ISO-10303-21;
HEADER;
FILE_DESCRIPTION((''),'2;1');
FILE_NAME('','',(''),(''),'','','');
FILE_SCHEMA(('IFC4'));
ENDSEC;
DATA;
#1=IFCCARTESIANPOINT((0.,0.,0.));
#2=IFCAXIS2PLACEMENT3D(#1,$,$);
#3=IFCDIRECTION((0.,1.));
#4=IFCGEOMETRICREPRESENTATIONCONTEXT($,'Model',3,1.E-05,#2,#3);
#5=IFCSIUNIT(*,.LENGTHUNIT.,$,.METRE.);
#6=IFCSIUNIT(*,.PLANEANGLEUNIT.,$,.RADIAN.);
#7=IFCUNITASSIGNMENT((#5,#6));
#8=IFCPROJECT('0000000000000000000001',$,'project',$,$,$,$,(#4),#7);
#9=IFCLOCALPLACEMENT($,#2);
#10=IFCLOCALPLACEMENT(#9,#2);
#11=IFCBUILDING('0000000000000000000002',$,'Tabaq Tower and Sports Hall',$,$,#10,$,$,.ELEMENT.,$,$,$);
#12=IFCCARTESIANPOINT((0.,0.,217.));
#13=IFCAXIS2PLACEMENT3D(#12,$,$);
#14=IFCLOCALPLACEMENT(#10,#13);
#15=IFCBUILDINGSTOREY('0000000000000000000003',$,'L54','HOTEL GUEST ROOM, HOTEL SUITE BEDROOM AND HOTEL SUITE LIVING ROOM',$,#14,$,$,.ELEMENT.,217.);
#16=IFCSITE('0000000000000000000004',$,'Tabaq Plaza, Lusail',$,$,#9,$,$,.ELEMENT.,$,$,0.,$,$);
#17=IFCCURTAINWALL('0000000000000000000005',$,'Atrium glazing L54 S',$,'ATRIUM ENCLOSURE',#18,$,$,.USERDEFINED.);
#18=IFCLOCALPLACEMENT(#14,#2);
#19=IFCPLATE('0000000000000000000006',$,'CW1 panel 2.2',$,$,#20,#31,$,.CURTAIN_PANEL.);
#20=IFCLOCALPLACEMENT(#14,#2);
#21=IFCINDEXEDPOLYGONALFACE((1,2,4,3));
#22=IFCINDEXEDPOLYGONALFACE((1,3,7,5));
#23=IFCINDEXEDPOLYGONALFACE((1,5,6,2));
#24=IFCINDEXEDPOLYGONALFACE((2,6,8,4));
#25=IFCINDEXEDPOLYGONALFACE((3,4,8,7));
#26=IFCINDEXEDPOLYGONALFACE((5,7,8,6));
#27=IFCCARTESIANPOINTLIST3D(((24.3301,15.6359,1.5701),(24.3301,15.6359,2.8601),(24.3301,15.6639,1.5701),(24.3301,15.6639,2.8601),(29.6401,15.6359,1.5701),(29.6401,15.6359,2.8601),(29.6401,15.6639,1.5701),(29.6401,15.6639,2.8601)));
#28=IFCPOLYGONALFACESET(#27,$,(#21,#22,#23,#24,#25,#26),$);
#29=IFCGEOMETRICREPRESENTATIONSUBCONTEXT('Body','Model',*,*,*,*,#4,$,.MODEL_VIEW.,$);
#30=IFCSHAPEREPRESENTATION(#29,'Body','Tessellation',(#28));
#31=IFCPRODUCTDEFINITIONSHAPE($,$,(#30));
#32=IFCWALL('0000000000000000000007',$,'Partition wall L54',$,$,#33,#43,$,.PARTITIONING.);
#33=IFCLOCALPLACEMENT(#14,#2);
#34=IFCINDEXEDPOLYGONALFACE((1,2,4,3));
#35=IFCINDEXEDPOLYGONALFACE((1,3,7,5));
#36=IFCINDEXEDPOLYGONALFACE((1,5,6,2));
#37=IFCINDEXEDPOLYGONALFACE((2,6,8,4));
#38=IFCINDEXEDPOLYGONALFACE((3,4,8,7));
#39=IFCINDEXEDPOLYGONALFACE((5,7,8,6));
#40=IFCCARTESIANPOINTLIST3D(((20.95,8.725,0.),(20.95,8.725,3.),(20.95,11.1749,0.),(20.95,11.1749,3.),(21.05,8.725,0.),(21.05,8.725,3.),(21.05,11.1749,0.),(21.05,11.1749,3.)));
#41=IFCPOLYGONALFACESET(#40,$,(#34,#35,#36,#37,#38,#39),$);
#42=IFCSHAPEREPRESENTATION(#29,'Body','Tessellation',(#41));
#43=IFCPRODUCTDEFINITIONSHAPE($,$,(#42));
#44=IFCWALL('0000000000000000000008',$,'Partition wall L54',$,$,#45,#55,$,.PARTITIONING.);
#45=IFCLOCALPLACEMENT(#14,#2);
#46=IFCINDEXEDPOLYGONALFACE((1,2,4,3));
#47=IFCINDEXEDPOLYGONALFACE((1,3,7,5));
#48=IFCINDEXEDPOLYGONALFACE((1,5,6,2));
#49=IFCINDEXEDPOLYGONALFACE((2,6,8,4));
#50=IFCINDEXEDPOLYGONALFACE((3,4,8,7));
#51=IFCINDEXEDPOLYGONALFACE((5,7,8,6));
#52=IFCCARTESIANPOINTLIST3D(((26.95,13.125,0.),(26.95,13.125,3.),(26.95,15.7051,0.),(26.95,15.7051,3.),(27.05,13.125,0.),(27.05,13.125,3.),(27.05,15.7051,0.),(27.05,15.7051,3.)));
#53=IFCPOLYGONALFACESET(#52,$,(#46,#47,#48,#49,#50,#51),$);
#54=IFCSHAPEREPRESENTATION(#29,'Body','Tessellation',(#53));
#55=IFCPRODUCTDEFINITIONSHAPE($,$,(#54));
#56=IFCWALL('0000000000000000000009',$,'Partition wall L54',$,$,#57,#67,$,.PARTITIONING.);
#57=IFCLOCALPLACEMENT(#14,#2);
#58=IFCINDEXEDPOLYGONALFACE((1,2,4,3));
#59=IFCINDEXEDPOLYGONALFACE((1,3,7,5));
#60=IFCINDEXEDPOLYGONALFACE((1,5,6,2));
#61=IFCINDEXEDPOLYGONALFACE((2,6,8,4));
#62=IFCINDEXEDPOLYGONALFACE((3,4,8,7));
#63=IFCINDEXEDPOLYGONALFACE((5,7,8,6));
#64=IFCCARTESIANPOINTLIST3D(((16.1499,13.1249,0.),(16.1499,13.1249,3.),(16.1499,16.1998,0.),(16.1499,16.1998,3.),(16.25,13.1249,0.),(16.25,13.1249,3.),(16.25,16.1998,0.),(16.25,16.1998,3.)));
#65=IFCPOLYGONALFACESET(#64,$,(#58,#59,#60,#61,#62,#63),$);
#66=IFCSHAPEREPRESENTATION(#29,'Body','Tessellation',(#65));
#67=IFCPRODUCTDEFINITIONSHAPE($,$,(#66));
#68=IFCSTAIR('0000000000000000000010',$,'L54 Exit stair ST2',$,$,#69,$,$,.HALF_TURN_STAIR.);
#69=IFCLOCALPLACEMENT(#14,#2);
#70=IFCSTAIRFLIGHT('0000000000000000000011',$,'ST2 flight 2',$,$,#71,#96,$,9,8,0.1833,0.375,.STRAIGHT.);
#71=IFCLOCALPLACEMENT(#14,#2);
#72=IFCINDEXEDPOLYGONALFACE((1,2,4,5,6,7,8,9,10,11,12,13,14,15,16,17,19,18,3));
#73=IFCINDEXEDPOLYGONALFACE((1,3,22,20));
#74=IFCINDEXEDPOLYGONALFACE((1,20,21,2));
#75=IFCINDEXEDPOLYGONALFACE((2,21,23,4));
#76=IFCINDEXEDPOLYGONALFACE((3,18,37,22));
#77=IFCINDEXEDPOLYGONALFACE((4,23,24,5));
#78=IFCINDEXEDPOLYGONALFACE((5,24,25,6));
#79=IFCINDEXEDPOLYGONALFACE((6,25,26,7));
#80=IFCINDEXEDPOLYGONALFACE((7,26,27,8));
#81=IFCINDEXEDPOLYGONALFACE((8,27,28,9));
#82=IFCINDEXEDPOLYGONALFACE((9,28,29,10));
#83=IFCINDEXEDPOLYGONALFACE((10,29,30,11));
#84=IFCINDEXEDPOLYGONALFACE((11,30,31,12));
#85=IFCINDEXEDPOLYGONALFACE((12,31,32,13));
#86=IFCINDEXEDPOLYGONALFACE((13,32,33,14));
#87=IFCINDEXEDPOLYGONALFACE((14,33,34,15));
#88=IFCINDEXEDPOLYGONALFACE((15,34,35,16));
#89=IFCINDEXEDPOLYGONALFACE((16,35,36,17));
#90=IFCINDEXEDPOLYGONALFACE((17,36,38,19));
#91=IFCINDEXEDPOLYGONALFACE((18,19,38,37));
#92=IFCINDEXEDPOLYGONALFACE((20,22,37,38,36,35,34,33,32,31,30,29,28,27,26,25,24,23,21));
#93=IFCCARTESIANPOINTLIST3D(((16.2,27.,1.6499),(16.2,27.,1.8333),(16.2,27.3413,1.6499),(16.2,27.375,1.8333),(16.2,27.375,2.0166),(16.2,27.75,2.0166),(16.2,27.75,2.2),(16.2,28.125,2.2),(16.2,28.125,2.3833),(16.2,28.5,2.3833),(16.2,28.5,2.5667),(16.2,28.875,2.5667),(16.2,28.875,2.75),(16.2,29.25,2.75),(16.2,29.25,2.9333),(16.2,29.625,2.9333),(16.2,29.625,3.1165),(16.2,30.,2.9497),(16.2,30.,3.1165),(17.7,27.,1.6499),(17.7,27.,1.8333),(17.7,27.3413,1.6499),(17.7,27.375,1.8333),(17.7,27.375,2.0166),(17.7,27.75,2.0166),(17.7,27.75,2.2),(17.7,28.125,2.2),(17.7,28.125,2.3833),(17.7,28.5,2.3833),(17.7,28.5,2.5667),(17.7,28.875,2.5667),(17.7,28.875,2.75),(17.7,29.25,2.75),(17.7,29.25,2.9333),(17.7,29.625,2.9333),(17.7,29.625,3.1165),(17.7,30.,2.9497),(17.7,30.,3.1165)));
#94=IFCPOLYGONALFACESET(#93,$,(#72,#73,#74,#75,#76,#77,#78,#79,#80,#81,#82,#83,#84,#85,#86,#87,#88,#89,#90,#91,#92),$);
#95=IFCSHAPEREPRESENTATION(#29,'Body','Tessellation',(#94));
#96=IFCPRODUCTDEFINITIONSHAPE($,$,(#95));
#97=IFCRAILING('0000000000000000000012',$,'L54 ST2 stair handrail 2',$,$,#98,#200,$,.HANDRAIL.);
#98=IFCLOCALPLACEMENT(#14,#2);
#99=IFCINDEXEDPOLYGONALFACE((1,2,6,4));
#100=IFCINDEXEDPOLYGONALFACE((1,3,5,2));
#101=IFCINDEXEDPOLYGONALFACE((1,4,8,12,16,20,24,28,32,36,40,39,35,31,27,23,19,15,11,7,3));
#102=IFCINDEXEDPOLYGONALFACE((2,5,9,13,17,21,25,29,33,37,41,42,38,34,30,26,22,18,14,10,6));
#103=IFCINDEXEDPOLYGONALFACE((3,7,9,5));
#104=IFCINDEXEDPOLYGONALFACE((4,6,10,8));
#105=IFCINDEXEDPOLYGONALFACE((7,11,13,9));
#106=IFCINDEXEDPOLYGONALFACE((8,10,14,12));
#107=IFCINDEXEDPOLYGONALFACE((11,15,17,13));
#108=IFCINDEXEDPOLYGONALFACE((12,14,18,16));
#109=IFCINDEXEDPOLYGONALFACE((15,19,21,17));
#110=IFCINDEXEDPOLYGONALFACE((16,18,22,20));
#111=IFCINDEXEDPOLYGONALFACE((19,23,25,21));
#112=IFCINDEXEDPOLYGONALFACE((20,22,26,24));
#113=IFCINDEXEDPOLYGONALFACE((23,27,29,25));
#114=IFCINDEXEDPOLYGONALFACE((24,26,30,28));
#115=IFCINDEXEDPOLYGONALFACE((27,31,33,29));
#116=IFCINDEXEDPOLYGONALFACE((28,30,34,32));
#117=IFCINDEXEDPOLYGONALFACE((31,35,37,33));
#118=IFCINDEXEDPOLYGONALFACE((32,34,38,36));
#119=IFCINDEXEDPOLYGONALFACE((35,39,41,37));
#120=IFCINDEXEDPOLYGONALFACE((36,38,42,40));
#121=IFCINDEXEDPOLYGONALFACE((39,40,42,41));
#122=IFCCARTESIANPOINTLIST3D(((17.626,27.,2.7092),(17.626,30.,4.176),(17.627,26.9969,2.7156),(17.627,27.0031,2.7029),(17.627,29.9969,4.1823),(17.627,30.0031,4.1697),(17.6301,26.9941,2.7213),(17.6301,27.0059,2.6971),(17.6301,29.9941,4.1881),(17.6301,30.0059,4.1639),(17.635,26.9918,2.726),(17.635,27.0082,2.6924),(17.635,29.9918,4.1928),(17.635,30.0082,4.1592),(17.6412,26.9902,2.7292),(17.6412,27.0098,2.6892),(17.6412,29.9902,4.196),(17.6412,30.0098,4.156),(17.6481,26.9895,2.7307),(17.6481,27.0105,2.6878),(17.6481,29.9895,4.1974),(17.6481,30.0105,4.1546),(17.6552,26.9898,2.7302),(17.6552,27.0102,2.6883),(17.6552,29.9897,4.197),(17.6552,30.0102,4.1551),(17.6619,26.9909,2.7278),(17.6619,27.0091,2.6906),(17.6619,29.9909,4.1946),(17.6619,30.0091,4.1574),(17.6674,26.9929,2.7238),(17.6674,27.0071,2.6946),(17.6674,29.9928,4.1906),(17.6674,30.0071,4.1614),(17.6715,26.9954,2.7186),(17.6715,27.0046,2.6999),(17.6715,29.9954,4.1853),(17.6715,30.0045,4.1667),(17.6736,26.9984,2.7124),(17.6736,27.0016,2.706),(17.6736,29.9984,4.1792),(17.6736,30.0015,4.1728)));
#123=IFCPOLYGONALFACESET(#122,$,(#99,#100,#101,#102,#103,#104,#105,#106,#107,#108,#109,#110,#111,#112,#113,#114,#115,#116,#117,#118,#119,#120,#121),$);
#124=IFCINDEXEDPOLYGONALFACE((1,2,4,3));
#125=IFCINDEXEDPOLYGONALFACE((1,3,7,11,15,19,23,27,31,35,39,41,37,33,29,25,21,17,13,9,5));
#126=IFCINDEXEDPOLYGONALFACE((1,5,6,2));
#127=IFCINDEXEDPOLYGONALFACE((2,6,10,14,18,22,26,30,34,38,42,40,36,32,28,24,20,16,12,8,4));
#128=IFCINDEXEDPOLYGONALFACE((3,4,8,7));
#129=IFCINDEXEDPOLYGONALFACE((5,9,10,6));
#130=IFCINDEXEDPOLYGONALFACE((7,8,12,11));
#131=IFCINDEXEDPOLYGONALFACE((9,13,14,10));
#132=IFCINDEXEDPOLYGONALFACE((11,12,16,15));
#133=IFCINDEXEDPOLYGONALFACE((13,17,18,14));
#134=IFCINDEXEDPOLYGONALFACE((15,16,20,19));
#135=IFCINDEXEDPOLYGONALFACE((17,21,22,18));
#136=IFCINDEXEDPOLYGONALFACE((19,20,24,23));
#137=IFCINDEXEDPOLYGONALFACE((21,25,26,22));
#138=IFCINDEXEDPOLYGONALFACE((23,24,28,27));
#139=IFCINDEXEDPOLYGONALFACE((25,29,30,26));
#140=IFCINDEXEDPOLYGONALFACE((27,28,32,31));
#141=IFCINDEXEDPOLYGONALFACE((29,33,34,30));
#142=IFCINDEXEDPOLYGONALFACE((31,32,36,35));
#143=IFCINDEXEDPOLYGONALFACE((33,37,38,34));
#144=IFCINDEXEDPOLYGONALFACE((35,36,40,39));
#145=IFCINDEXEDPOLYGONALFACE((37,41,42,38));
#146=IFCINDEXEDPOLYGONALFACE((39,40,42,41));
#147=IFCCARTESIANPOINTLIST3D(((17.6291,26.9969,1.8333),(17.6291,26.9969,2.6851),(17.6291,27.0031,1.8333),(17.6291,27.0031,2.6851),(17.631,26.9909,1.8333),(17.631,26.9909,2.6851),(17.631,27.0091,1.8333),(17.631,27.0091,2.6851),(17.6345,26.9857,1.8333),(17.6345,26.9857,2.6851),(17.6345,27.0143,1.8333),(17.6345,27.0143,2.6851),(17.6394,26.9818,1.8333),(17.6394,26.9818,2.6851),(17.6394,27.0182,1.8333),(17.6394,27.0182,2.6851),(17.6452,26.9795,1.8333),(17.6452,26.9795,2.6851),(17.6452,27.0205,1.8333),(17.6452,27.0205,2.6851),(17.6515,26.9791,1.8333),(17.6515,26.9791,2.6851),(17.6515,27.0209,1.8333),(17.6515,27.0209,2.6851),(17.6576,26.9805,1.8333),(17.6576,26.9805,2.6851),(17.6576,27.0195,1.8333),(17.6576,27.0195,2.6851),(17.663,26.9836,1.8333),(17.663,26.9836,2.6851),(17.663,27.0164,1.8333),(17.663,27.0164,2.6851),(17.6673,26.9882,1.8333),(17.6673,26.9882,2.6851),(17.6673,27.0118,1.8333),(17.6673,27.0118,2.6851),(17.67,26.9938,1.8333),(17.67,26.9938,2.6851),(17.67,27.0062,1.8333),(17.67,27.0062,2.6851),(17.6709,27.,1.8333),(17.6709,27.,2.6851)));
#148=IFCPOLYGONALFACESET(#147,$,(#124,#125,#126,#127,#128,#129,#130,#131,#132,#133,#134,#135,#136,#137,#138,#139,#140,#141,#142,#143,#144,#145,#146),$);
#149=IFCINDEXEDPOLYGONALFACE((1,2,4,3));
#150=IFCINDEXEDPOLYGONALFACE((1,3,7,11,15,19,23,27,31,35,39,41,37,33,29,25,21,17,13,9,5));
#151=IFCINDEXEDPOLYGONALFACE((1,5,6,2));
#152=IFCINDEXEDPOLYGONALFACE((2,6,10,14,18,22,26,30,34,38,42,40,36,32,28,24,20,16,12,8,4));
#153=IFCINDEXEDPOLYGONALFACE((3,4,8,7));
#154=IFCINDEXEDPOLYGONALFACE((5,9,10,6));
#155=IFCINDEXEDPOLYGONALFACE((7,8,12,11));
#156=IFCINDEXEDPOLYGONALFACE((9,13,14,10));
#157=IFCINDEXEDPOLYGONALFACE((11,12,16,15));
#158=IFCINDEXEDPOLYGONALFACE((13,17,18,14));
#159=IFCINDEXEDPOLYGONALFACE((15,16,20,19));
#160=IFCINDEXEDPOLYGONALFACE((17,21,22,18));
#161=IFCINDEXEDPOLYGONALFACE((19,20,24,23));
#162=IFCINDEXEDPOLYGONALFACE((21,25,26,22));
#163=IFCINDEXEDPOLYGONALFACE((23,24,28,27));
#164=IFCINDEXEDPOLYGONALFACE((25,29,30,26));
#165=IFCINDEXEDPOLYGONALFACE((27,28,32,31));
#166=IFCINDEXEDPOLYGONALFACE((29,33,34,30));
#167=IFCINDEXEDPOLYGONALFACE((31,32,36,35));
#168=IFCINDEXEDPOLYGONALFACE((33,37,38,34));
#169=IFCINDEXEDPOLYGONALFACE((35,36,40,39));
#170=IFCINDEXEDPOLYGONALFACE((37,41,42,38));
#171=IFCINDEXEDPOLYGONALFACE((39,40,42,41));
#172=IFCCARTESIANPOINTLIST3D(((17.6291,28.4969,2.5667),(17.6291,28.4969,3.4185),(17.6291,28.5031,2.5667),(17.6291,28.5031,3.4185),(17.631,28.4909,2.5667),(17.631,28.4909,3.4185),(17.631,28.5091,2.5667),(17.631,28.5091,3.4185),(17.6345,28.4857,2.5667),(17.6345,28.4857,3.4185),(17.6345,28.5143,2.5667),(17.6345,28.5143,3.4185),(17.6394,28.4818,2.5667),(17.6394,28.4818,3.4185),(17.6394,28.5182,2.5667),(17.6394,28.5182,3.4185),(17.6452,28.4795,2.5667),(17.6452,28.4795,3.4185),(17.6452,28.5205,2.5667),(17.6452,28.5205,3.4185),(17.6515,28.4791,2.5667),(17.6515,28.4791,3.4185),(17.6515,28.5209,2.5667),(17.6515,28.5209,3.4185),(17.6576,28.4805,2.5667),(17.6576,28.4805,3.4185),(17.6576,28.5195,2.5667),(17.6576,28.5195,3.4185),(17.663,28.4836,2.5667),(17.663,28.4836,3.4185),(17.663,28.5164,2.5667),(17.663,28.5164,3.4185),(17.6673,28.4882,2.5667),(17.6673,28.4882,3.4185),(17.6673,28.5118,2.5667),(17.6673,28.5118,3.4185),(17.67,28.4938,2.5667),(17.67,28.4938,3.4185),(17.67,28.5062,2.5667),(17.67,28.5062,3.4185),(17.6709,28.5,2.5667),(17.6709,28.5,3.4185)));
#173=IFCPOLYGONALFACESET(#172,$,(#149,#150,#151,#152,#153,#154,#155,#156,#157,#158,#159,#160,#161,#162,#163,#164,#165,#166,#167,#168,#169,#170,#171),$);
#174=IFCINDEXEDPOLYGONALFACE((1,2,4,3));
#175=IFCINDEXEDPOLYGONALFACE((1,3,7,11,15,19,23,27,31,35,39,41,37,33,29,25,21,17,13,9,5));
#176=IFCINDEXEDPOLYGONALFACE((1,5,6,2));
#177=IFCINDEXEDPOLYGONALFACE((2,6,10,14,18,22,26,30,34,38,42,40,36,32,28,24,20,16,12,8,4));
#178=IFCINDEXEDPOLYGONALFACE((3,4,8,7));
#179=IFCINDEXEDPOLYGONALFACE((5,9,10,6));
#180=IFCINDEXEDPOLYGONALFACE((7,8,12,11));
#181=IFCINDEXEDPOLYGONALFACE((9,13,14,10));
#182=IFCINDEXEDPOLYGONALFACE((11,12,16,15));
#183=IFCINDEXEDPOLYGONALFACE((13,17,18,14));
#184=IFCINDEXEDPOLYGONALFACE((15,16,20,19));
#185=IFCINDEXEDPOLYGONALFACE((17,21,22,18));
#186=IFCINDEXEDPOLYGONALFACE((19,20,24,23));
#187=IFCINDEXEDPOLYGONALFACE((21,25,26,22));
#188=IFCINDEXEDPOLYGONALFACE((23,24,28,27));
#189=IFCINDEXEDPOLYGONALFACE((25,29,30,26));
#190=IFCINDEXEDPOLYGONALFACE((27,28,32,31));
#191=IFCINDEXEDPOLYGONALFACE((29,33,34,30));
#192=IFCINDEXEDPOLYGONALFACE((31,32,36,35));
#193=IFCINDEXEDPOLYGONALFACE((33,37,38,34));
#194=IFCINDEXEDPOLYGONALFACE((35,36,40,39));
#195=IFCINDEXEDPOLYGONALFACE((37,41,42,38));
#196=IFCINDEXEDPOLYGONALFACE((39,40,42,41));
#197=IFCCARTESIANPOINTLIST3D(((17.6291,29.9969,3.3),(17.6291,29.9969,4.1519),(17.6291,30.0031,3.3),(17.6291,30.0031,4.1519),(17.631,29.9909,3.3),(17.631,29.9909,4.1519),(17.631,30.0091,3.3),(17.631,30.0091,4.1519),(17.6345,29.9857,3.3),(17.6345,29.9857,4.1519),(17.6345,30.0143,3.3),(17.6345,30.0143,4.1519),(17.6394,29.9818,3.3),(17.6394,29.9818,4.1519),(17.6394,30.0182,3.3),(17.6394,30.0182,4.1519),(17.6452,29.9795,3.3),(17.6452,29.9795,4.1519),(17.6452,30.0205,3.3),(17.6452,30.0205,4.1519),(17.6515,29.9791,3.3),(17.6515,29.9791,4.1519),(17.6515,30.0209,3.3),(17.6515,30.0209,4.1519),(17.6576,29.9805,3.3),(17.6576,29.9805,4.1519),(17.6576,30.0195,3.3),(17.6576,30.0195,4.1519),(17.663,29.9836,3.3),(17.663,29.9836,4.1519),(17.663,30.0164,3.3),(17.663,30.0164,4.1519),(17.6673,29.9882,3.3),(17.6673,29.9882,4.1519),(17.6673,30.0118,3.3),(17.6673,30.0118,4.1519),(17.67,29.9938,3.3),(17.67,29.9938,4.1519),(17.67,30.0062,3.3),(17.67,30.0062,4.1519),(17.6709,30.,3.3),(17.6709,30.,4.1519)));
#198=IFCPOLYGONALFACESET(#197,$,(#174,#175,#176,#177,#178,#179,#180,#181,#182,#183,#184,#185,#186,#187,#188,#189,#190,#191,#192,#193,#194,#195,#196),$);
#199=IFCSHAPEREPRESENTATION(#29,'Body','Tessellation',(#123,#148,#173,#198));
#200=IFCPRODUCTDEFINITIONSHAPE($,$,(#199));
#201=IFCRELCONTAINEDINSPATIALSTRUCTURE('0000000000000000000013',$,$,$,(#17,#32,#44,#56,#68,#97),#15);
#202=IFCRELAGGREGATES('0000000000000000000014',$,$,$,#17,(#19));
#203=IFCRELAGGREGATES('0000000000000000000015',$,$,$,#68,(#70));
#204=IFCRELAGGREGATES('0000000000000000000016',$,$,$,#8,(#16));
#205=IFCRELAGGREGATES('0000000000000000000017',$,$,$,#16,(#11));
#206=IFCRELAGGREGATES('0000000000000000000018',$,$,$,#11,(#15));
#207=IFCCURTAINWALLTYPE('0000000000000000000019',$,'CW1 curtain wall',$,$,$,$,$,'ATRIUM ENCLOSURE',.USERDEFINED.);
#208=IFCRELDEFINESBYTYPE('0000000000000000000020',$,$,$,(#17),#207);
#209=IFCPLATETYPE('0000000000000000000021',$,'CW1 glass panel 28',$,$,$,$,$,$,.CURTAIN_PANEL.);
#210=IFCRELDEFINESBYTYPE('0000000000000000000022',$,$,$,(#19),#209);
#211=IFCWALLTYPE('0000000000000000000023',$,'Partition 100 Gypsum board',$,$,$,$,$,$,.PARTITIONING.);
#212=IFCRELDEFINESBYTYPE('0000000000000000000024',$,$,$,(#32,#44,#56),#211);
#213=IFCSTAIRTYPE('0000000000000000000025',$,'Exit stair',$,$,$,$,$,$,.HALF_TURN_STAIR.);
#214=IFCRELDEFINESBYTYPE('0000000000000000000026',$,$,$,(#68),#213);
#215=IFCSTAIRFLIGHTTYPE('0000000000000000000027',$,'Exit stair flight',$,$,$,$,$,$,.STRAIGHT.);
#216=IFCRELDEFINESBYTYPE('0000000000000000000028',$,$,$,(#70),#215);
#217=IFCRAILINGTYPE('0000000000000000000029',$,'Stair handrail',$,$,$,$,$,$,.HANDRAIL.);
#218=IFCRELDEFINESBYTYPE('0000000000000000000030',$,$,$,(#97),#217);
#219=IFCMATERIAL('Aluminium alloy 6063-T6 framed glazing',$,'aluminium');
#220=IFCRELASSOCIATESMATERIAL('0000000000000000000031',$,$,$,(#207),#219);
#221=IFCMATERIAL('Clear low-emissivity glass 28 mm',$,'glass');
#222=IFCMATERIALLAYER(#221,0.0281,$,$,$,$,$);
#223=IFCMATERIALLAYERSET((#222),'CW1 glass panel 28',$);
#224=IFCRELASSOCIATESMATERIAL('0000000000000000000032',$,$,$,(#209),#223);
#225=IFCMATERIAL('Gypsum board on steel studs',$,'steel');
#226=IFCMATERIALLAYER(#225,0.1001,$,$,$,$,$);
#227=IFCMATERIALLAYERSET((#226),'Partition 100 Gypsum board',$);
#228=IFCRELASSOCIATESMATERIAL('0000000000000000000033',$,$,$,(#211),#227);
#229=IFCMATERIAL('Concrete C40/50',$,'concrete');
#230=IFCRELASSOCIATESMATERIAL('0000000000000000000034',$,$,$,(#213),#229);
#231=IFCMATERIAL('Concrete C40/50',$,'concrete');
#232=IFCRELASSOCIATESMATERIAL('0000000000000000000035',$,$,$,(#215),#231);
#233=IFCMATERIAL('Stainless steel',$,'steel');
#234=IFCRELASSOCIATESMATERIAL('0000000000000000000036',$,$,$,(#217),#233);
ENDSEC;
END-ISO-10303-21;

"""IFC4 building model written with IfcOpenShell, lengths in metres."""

from ifc_helpers import new_model, si_unit, direction, frame, frame_2d, origin, origin_2d, place, context, subcontext, project, spatial, polyline, rectangle, circle, outline, extrude, material, layer, layer_set, type_object, element, aggregate, save


model = new_model("IFC4")

# Units and contexts
model_context = context("Model", 3, precision=1e-05, world=origin(), true_north=direction((0.0, 1.0)))
body_context = subcontext(model_context, "Body", "Model", "MODEL_VIEW")
ifc_project = project(units=[si_unit("LENGTHUNIT", "METRE"), si_unit("PLANEANGLEUNIT", "RADIAN")], contexts=[model_context])

# Site, building, storey
site_placement = place(None, origin())
site = spatial("IfcSite", under=ifc_project, at=site_placement, Name="Tabaq Plaza, Lusail", CompositionType="ELEMENT", RefElevation=0.0)
building_placement = place(site_placement, origin())
building = spatial("IfcBuilding", under=site, at=building_placement, Name="Tabaq Tower and Sports Hall", CompositionType="ELEMENT")
storey_placement = place(building_placement, frame((0.0, 0.0, 217.0)))
storey = spatial("IfcBuildingStorey", under=building, at=storey_placement, Name="L54", Description="HOTEL GUEST ROOM, HOTEL SUITE BEDROOM AND HOTEL SUITE LIVING ROOM", CompositionType="ELEMENT", Elevation=217.0)

# Curtain wall, plate
ifc_material_1 = material(Name="Aluminium alloy 6063-T6 framed glazing", Category="aluminium")
curtain_wall_type = type_object("IfcCurtainWallType", Name="CW1 curtain wall", ElementType="ATRIUM ENCLOSURE", PredefinedType="USERDEFINED", material=ifc_material_1)
curtain_wall_placement = place(storey_placement, origin())
curtain_wall = element("IfcCurtainWall", 1, at=curtain_wall_placement, inside=storey, type_object=curtain_wall_type, Name="Atrium glazing L54 S", ObjectType="ATRIUM ENCLOSURE", PredefinedType="USERDEFINED")
ifc_material_2 = material(Name="Clear low-emissivity glass 28 mm", Category="glass")
ifc_layer_1 = layer(ifc_material_2, 0.0281)
ifc_layer_set_1 = layer_set([ifc_layer_1], Name="CW1 glass panel 28")
plate_type = type_object("IfcPlateType", Name="CW1 glass panel 28", PredefinedType="CURTAIN_PANEL", material=ifc_layer_set_1)
plate_1_placement = place(storey_placement, frame((26.9851, 15.6499, 1.5701), z_axis=(0.0, 0.0, 1.0), x_axis=(1.0, 0.0, 0.0)))
plate_1 = element("IfcPlate", 2, at=plate_1_placement, type_object=plate_type, Name="CW1 panel 2.2", PredefinedType="CURTAIN_PANEL", context=body_context, shape_type="SweptSolid", body=[
    extrude(rectangle(XDim=5.3101, YDim=0.0281, at=origin_2d()), origin(), (0.0, 0.0, 1.0), 1.29),
])
aggregate(curtain_wall, [plate_1])

# Walls
ifc_material_3 = material(Name="Gypsum board on steel studs", Category="steel")
ifc_layer_2 = layer(ifc_material_3, 0.1001)
ifc_layer_set_2 = layer_set([ifc_layer_2], Name="Partition 100 Gypsum board")
wall_type_1 = type_object("IfcWallType", Name="Partition 100 Gypsum board", PredefinedType="PARTITIONING", material=ifc_layer_set_2)
wall_1_placement = place(storey_placement, frame((21.0, 11.175, 0.0), z_axis=(0.0, 0.0, 1.0), x_axis=(0.0, -1.0, 0.0)))
element("IfcWall", 3, at=wall_1_placement, inside=storey, type_object=wall_type_1, Name="Partition wall L54", PredefinedType="PARTITIONING", context=body_context, shape_type="SweptSolid", body=[
    extrude(rectangle(XDim=2.45, YDim=0.1001, at=frame_2d((1.2251, 0.0))), origin(), (0.0, 0.0, 1.0), 3.0),
])
wall_2_placement = place(storey_placement, frame((27.0, 15.7051, 0.0), z_axis=(0.0, 0.0, 1.0), x_axis=(0.0, -1.0, 0.0)))
element("IfcWall", 4, at=wall_2_placement, inside=storey, type_object=wall_type_1, Name="Partition wall L54", PredefinedType="PARTITIONING", context=body_context, shape_type="SweptSolid", body=[
    extrude(rectangle(XDim=2.5801, YDim=0.1001, at=frame_2d((1.29, 0.0))), origin(), (0.0, 0.0, 1.0), 3.0),
])
wall_3_placement = place(storey_placement, frame((16.2, 16.2, 0.0), z_axis=(0.0, 0.0, 1.0), x_axis=(0.0, -1.0, 0.0)))
element("IfcWall", 5, at=wall_3_placement, inside=storey, type_object=wall_type_1, Name="Partition wall L54", PredefinedType="PARTITIONING", context=body_context, shape_type="SweptSolid", body=[
    extrude(rectangle(XDim=3.075, YDim=0.1001, at=frame_2d((1.5376, 0.0))), origin(), (0.0, 0.0, 1.0), 3.0),
])

# Stair, stair flight
ifc_material_4 = material(Name="Concrete C40/50", Category="concrete")
stair_type = type_object("IfcStairType", Name="Exit stair", PredefinedType="HALF_TURN_STAIR", material=ifc_material_4)
stair_placement = place(storey_placement, origin())
stair = element("IfcStair", 6, at=stair_placement, inside=storey, type_object=stair_type, Name="L54 Exit stair ST2", PredefinedType="HALF_TURN_STAIR")
ifc_material_5 = material(Name="Concrete C40/50", Category="concrete")
stair_flight_type = type_object("IfcStairFlightType", Name="Exit stair flight", PredefinedType="STRAIGHT", material=ifc_material_5)
stair_flight_placement = place(storey_placement, frame((16.95, 27.0, 1.6499), z_axis=(0.0, 0.0, 1.0), x_axis=(0.0, 1.0, 0.0)))
stair_flight = element("IfcStairFlight", 7, at=stair_flight_placement, type_object=stair_flight_type, Name="ST2 flight 2", NumberOfRisers=9, NumberOfTreads=8, PredefinedType="STRAIGHT", RiserHeight=0.1833, TreadLength=0.375, context=body_context, shape_type="SweptSolid", body=[
    extrude(outline(polyline([(0.0, 0.0), (0.0, 0.1833), (0.375, 0.1833), (0.375, 0.3667), (0.75, 0.3667), (0.75, 0.55), (1.125, 0.55), (1.125, 0.7334), (1.5, 0.7334), (1.5, 0.9167), (1.875, 0.9167), (1.875, 1.1001), (2.25, 1.1001), (2.25, 1.2834), (2.625, 1.2834), (2.625, 1.4666), (3.0, 1.4666), (3.0, 1.6499), (3.0, 1.2998), (0.3413, 0.0), (0.0, 0.0)])), frame((0.0, 0.75, 0.0), z_axis=(0.0, -1.0, 0.0), x_axis=(1.0, 0.0, 0.0)), (0.0, 0.0, 1.0), 1.5),
])
aggregate(stair, [stair_flight])

# Railing
ifc_material_6 = material(Name="Stainless steel", Category="steel")
railing_type = type_object("IfcRailingType", Name="Stair handrail", PredefinedType="HANDRAIL", material=ifc_material_6)
railing_placement = place(storey_placement, frame((17.6499, 27.0, 1.8333)))
element("IfcRailing", 8, at=railing_placement, inside=storey, type_object=railing_type, Name="L54 ST2 stair handrail 2", PredefinedType="HANDRAIL", context=body_context, shape_type="SweptSolid", body=[
    extrude(circle(Radius=0.0239, at=origin_2d()), frame((0.0, 0.0, 0.876), z_axis=(0.0, 0.898369, 0.439242), x_axis=(-1.0, 0.0, 0.0)), (0.0, 0.0, 1.0), 3.3394),
    extrude(circle(Radius=0.021, at=origin_2d()), origin(), (0.0, 0.0, 1.0), 0.8518),
    extrude(circle(Radius=0.021, at=origin_2d()), frame((0.0, 1.5, 0.7334)), (0.0, 0.0, 1.0), 0.8518),
    extrude(circle(Radius=0.021, at=origin_2d()), frame((0.0, 3.0, 1.4668)), (0.0, 0.0, 1.0), 0.8518),
])

save(model, "model.ifc")
